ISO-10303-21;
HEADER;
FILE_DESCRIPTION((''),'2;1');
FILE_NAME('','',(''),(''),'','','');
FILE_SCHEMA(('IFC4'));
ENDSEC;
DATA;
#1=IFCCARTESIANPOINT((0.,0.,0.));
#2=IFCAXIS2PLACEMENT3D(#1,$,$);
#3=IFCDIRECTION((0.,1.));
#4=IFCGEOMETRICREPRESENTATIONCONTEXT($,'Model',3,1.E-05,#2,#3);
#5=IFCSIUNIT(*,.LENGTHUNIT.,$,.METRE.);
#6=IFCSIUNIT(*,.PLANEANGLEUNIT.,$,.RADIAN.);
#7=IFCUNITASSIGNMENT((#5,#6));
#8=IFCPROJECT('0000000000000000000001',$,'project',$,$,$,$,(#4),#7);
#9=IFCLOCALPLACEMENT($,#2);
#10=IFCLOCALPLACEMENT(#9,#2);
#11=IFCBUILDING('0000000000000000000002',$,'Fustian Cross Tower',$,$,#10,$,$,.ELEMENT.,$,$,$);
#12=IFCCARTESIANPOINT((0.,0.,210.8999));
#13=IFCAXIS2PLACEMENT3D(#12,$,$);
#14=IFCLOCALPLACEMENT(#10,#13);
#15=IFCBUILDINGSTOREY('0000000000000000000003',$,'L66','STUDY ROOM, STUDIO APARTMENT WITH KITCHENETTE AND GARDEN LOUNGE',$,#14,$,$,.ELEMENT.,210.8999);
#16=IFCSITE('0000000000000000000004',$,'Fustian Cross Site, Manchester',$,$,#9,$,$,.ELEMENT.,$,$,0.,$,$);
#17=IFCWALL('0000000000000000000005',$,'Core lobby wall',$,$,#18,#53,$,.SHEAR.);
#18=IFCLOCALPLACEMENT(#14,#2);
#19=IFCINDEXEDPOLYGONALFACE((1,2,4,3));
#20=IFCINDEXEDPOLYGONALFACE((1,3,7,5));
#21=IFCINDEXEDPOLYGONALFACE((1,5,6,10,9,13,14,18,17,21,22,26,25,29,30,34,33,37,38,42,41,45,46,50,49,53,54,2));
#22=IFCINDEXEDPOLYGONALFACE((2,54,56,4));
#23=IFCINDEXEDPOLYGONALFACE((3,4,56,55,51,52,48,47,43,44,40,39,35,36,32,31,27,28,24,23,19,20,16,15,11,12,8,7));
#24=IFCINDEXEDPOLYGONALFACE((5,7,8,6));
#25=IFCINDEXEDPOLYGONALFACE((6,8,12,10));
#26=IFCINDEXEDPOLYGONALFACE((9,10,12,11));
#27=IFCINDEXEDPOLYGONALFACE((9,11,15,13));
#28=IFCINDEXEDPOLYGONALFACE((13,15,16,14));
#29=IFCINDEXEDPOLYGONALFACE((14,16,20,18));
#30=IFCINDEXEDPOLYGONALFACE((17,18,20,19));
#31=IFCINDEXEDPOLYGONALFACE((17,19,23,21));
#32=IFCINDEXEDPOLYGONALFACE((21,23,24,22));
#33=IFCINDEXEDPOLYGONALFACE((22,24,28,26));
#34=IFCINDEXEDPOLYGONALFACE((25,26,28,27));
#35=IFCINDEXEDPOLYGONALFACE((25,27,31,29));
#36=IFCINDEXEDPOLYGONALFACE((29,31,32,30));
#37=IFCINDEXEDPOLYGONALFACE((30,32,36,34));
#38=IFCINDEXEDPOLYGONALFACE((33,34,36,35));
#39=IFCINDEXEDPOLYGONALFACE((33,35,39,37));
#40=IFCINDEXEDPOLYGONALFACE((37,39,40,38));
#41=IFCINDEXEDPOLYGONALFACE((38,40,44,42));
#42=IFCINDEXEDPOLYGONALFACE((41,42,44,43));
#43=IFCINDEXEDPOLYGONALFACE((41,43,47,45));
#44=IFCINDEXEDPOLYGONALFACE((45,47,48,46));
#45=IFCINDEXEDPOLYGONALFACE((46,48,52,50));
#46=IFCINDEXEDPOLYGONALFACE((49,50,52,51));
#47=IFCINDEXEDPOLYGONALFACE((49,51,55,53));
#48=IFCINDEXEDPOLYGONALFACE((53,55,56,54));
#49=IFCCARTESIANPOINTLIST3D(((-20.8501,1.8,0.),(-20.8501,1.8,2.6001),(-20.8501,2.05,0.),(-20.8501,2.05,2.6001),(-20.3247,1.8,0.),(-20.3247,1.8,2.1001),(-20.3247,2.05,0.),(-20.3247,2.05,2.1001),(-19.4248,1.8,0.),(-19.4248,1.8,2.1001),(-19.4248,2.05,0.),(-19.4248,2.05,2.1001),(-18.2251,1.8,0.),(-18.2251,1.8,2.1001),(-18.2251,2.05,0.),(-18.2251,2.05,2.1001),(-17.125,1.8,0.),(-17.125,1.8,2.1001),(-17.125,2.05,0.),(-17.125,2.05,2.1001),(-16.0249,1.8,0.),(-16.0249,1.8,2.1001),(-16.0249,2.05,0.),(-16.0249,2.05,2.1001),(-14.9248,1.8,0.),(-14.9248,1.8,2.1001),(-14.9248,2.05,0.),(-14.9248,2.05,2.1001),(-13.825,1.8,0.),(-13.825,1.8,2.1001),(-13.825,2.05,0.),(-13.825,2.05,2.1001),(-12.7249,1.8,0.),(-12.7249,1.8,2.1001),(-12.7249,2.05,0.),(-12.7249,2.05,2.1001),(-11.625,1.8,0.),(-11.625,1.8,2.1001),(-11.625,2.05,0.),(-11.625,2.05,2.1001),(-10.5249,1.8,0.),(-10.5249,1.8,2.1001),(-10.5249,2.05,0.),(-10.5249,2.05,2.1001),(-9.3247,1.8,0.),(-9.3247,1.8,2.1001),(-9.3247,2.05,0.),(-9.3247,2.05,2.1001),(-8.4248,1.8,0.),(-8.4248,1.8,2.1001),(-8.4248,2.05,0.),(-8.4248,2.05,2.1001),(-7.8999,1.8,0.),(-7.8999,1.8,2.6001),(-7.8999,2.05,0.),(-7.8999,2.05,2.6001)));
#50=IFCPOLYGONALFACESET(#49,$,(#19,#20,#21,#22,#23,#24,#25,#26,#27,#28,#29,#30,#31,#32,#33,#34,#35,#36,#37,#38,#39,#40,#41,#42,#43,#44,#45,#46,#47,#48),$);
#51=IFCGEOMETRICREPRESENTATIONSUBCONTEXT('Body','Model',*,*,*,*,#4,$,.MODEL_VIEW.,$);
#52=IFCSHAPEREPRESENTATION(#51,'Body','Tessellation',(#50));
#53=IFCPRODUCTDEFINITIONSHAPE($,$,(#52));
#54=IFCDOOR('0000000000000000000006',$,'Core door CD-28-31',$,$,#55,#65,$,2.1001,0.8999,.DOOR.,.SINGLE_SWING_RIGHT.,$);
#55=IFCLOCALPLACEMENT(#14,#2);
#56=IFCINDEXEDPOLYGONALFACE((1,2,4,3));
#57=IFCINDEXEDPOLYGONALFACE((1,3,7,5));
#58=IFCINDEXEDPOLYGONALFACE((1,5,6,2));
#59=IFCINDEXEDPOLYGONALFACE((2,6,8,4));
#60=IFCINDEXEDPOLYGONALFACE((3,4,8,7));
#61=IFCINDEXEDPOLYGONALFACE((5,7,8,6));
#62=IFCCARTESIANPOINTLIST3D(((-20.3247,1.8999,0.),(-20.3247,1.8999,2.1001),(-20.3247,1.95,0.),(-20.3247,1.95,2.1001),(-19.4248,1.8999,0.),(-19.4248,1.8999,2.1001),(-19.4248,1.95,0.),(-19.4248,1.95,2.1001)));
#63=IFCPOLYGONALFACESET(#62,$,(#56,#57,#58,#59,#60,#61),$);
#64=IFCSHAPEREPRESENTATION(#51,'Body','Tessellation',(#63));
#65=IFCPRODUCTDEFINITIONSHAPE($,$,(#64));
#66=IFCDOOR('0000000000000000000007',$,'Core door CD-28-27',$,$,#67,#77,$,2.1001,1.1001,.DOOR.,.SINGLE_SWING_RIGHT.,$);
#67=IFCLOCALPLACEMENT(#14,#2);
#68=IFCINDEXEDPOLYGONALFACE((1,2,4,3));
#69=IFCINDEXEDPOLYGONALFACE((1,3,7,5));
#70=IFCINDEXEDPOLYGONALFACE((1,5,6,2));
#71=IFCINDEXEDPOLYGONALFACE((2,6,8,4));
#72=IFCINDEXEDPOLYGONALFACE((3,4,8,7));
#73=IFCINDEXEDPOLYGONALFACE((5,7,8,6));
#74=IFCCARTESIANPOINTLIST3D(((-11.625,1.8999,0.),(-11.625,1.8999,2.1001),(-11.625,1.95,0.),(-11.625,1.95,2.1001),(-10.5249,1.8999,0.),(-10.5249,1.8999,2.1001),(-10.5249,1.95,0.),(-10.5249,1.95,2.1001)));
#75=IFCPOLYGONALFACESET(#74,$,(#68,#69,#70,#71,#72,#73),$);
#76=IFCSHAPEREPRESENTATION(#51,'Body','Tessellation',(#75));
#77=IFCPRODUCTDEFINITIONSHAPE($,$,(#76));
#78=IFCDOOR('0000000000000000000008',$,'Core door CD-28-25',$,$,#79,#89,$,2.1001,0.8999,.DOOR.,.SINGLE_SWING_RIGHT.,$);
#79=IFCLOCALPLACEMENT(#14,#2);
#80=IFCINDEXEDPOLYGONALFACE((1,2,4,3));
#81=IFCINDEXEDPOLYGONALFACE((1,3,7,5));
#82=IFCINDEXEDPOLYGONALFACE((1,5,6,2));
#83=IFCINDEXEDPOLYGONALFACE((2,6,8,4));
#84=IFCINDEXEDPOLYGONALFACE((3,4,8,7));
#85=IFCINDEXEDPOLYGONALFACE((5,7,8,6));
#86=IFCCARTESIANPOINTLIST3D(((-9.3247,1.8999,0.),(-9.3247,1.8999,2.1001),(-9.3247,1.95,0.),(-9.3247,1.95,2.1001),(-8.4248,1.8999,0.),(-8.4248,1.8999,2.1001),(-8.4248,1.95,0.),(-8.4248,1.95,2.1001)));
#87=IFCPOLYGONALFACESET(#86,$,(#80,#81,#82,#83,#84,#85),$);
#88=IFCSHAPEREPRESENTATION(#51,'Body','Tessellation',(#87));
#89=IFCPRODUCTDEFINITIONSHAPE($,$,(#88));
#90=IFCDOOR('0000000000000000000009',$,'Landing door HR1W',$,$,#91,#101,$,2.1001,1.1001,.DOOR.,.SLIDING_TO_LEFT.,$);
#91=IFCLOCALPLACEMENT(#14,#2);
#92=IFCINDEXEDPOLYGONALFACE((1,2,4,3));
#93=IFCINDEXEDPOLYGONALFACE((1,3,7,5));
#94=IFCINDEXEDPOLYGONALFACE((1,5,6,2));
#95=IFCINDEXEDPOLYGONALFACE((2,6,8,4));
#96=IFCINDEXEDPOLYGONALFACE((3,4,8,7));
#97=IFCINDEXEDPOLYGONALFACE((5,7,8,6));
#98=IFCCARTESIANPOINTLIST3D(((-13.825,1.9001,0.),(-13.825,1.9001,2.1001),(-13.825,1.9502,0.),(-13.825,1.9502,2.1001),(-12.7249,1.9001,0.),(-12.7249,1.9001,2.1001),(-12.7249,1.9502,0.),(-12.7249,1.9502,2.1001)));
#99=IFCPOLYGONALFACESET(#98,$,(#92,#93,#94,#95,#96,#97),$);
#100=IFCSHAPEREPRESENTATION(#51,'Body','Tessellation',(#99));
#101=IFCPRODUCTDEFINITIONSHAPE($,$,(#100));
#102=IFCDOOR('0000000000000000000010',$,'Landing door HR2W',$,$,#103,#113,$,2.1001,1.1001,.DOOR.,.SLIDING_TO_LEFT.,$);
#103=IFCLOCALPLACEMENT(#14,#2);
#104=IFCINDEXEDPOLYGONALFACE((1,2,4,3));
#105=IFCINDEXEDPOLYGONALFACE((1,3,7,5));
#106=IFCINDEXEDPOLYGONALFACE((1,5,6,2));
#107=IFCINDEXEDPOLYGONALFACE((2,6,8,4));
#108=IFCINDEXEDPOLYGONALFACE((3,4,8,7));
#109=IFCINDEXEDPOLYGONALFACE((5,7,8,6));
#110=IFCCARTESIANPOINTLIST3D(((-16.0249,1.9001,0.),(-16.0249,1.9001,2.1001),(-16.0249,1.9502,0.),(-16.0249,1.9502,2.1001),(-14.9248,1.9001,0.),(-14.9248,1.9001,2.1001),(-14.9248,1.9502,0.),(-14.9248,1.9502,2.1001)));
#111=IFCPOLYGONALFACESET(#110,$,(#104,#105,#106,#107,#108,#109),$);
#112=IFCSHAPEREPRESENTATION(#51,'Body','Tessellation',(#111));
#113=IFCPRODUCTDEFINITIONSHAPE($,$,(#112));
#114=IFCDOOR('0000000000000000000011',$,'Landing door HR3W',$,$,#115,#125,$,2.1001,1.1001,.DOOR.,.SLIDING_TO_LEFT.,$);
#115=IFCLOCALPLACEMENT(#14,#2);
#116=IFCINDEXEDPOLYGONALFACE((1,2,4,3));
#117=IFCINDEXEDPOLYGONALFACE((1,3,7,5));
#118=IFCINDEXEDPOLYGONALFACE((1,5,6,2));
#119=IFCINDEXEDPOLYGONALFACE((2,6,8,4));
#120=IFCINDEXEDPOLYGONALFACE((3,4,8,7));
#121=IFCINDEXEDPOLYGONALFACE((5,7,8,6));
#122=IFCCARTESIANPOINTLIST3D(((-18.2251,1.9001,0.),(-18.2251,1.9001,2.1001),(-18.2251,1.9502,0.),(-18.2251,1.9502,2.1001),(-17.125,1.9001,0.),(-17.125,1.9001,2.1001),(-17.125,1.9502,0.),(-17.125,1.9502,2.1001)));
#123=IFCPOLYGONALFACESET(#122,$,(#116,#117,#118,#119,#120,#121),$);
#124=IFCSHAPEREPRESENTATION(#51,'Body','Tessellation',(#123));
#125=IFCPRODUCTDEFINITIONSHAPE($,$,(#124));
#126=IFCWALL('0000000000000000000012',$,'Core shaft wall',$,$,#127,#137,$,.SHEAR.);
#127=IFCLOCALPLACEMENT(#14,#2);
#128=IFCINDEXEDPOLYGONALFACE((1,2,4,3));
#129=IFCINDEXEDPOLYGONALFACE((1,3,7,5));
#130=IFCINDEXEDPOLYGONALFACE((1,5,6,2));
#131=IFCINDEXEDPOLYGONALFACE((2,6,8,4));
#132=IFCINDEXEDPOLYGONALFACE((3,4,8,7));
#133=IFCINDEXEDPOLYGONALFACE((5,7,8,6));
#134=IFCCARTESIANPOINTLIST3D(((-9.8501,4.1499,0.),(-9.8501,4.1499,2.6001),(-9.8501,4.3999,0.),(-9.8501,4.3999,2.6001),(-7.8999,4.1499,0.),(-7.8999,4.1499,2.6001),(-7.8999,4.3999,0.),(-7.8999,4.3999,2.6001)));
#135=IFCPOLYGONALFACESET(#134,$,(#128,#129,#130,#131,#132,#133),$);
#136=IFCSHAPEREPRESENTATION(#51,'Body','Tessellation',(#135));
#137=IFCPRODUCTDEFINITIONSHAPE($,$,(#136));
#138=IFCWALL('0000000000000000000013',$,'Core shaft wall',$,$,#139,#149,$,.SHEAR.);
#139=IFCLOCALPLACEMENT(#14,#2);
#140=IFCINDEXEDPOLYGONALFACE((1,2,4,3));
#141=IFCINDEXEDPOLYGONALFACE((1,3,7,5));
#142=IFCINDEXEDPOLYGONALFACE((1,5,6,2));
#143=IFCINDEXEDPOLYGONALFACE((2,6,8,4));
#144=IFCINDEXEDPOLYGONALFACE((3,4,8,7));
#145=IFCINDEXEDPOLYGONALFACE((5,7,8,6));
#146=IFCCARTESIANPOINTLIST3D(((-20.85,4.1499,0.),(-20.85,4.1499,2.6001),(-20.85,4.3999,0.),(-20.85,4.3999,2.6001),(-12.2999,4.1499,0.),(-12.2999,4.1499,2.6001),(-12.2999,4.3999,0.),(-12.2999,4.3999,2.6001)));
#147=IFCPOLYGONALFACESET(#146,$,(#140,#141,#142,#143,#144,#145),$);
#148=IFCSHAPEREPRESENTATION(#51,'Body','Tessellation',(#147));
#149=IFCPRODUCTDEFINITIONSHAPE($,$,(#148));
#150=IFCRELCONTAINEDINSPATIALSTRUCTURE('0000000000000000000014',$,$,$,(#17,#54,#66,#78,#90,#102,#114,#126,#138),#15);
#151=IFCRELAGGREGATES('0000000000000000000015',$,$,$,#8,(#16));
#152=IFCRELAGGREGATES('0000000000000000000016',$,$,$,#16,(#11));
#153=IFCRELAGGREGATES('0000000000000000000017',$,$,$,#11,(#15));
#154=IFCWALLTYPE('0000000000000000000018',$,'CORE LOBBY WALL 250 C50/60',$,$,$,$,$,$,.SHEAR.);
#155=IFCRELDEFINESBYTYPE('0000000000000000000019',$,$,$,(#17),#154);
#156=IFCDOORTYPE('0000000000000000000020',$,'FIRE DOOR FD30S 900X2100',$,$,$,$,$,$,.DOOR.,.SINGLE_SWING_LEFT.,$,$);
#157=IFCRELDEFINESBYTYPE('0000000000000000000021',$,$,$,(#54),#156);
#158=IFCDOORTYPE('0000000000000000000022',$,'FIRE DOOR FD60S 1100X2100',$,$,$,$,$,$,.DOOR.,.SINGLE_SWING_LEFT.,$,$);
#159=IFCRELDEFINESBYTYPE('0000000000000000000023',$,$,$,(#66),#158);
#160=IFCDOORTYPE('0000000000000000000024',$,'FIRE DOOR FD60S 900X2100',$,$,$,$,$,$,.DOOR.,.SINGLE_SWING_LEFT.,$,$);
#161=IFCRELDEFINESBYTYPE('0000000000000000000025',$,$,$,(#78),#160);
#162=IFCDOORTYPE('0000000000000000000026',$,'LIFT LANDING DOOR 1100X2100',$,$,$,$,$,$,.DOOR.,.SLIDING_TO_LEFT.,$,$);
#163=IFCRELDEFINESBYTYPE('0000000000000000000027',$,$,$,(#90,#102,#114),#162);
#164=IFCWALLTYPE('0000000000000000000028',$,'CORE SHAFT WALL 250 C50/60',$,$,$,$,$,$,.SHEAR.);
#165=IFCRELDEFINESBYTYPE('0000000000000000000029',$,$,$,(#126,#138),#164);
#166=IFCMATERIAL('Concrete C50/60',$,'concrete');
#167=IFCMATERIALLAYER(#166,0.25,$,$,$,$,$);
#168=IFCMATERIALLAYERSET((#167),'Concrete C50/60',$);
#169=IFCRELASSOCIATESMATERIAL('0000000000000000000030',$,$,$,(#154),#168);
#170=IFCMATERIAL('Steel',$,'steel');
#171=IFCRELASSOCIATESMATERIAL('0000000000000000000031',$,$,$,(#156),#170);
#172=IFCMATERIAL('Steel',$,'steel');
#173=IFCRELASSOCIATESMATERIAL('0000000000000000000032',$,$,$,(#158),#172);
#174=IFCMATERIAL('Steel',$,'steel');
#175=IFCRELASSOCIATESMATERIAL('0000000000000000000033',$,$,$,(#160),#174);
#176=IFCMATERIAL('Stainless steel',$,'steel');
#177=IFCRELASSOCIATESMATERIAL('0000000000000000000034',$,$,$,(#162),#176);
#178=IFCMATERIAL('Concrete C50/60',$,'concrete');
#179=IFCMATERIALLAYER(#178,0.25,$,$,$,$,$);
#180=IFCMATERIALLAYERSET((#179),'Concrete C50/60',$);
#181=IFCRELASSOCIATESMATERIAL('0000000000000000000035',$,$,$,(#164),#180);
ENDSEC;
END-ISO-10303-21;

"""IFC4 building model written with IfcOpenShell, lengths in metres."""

from ifc_helpers import new_model, si_unit, direction, frame, frame_2d, origin, place, context, subcontext, project, spatial, rectangle, extrude, material, layer, layer_set, type_object, element, fill, save


model = new_model("IFC4")

# Units and contexts
model_context = context("Model", 3, precision=1e-05, world=origin(), true_north=direction((0.0, 1.0)))
body_context = subcontext(model_context, "Body", "Model", "MODEL_VIEW")
ifc_project = project(units=[si_unit("LENGTHUNIT", "METRE"), si_unit("PLANEANGLEUNIT", "RADIAN")], contexts=[model_context])

# Site, building, storey
site_placement = place(None, origin())
site = spatial("IfcSite", under=ifc_project, at=site_placement, Name="Fustian Cross Site, Manchester", CompositionType="ELEMENT", RefElevation=0.0)
building_placement = place(site_placement, origin())
building = spatial("IfcBuilding", under=site, at=building_placement, Name="Fustian Cross Tower", CompositionType="ELEMENT")
storey_placement = place(building_placement, frame((0.0, 0.0, 210.8999)))
storey = spatial("IfcBuildingStorey", under=building, at=storey_placement, Name="L66", Description="STUDY ROOM, STUDIO APARTMENT WITH KITCHENETTE AND GARDEN LOUNGE", CompositionType="ELEMENT", Elevation=210.8999)

# Wall, openings, doors
ifc_material_1 = material(Name="Concrete C50/60", Category="concrete")
ifc_layer_1 = layer(ifc_material_1, 0.25)
ifc_layer_set_1 = layer_set([ifc_layer_1], Name="Concrete C50/60")
wall_type_1 = type_object("IfcWallType", Name="CORE LOBBY WALL 250 C50/60", PredefinedType="SHEAR", material=ifc_layer_set_1)
wall_1_placement = place(storey_placement, frame((-7.8999, 1.925, 0.0), z_axis=(0.0, 0.0, 1.0), x_axis=(-1.0, 0.0, 0.0)))
wall_1 = element("IfcWall", 1, at=wall_1_placement, inside=storey, type_object=wall_type_1, Name="Core lobby wall", PredefinedType="SHEAR", context=body_context, shape_type="SweptSolid", body=[
    extrude(rectangle(XDim=12.9502, YDim=0.25, at=frame_2d((6.4751, 0.0))), origin(), (0.0, 0.0, 1.0), 2.6001),
])
opening_1_placement = place(wall_1_placement, frame((4.825, 0.0, 0.0)))
opening_1 = element("IfcOpeningElement", 2, at=opening_1_placement, cuts=wall_1, PredefinedType="OPENING", context=body_context, shape_type="SweptSolid", body=[
    extrude(rectangle(XDim=1.1001, YDim=2.1001, at=frame_2d((0.55, 1.05))), frame((0.0, 0.135, 0.0), z_axis=(0.0, -1.0, 0.0), x_axis=(1.0, 0.0, 0.0)), (0.0, 0.0, 1.0), 0.27),
])
opening_2_placement = place(wall_1_placement, frame((7.0249, 0.0, 0.0)))
opening_2 = element("IfcOpeningElement", 3, at=opening_2_placement, cuts=wall_1, PredefinedType="OPENING", context=body_context, shape_type="SweptSolid", body=[
    extrude(rectangle(XDim=1.1001, YDim=2.1001, at=frame_2d((0.55, 1.05))), frame((0.0, 0.135, 0.0), z_axis=(0.0, -1.0, 0.0), x_axis=(1.0, 0.0, 0.0)), (0.0, 0.0, 1.0), 0.27),
])
opening_3_placement = place(wall_1_placement, frame((9.2251, 0.0, 0.0)))
opening_3 = element("IfcOpeningElement", 4, at=opening_3_placement, cuts=wall_1, PredefinedType="OPENING", context=body_context, shape_type="SweptSolid", body=[
    extrude(rectangle(XDim=1.1001, YDim=2.1001, at=frame_2d((0.55, 1.05))), frame((0.0, 0.135, 0.0), z_axis=(0.0, -1.0, 0.0), x_axis=(1.0, 0.0, 0.0)), (0.0, 0.0, 1.0), 0.27),
])
opening_4_placement = place(wall_1_placement, frame((0.5249, 0.0, 0.0)))
opening_4 = element("IfcOpeningElement", 5, at=opening_4_placement, cuts=wall_1, PredefinedType="OPENING", context=body_context, shape_type="SweptSolid", body=[
    extrude(rectangle(XDim=0.8999, YDim=2.1001, at=frame_2d((0.45, 1.05))), frame((0.0, 0.135, 0.0), z_axis=(0.0, -1.0, 0.0), x_axis=(1.0, 0.0, 0.0)), (0.0, 0.0, 1.0), 0.27),
])
opening_5_placement = place(wall_1_placement, frame((2.625, 0.0, 0.0)))
opening_5 = element("IfcOpeningElement", 6, at=opening_5_placement, cuts=wall_1, PredefinedType="OPENING", context=body_context, shape_type="SweptSolid", body=[
    extrude(rectangle(XDim=1.1001, YDim=2.1001, at=frame_2d((0.55, 1.05))), frame((0.0, 0.135, 0.0), z_axis=(0.0, -1.0, 0.0), x_axis=(1.0, 0.0, 0.0)), (0.0, 0.0, 1.0), 0.27),
])
opening_6_placement = place(wall_1_placement, frame((11.5249, 0.0, 0.0)))
opening_6 = element("IfcOpeningElement", 7, at=opening_6_placement, cuts=wall_1, PredefinedType="OPENING", context=body_context, shape_type="SweptSolid", body=[
    extrude(rectangle(XDim=0.8999, YDim=2.1001, at=frame_2d((0.45, 1.05))), frame((0.0, 0.135, 0.0), z_axis=(0.0, -1.0, 0.0), x_axis=(1.0, 0.0, 0.0)), (0.0, 0.0, 1.0), 0.27),
])
ifc_material_2 = material(Name="Steel", Category="steel")
door_type_1 = type_object("IfcDoorType", Name="FIRE DOOR FD30S 900X2100", OperationType="SINGLE_SWING_LEFT", PredefinedType="DOOR", material=ifc_material_2)
door_1_placement = place(opening_6_placement, frame((0.8999, 0.0, 0.0), z_axis=(0.0, 0.0, 1.0), x_axis=(-1.0, 0.0, 0.0)))
door_1 = element("IfcDoor", 8, at=door_1_placement, inside=storey, type_object=door_type_1, Name="Core door CD-28-31", OperationType="SINGLE_SWING_RIGHT", OverallHeight=2.1001, OverallWidth=0.8999, PredefinedType="DOOR", context=body_context, shape_type="SweptSolid", body=[
    extrude(rectangle(XDim=0.8999, YDim=2.1001, at=frame_2d((0.45, 1.05))), frame((0.0, 0.0249, 0.0), z_axis=(0.0, -1.0, 0.0), x_axis=(1.0, 0.0, 0.0)), (0.0, 0.0, 1.0), 0.05),
])
fill(opening_6, door_1)
ifc_material_3 = material(Name="Steel", Category="steel")
door_type_2 = type_object("IfcDoorType", Name="FIRE DOOR FD60S 1100X2100", OperationType="SINGLE_SWING_LEFT", PredefinedType="DOOR", material=ifc_material_3)
door_2_placement = place(opening_5_placement, frame((1.1001, 0.0, 0.0), z_axis=(0.0, 0.0, 1.0), x_axis=(-1.0, 0.0, 0.0)))
door_2 = element("IfcDoor", 9, at=door_2_placement, inside=storey, type_object=door_type_2, Name="Core door CD-28-27", OperationType="SINGLE_SWING_RIGHT", OverallHeight=2.1001, OverallWidth=1.1001, PredefinedType="DOOR", context=body_context, shape_type="SweptSolid", body=[
    extrude(rectangle(XDim=1.1001, YDim=2.1001, at=frame_2d((0.55, 1.05))), frame((0.0, 0.0249, 0.0), z_axis=(0.0, -1.0, 0.0), x_axis=(1.0, 0.0, 0.0)), (0.0, 0.0, 1.0), 0.05),
])
fill(opening_5, door_2)
ifc_material_4 = material(Name="Steel", Category="steel")
door_type_3 = type_object("IfcDoorType", Name="FIRE DOOR FD60S 900X2100", OperationType="SINGLE_SWING_LEFT", PredefinedType="DOOR", material=ifc_material_4)
door_3_placement = place(opening_4_placement, frame((0.8999, 0.0, 0.0), z_axis=(0.0, 0.0, 1.0), x_axis=(-1.0, 0.0, 0.0)))
door_3 = element("IfcDoor", 10, at=door_3_placement, inside=storey, type_object=door_type_3, Name="Core door CD-28-25", OperationType="SINGLE_SWING_RIGHT", OverallHeight=2.1001, OverallWidth=0.8999, PredefinedType="DOOR", context=body_context, shape_type="SweptSolid", body=[
    extrude(rectangle(XDim=0.8999, YDim=2.1001, at=frame_2d((0.45, 1.05))), frame((0.0, 0.0249, 0.0), z_axis=(0.0, -1.0, 0.0), x_axis=(1.0, 0.0, 0.0)), (0.0, 0.0, 1.0), 0.05),
])
fill(opening_4, door_3)
ifc_material_5 = material(Name="Stainless steel", Category="steel")
door_type_4 = type_object("IfcDoorType", Name="LIFT LANDING DOOR 1100X2100", OperationType="SLIDING_TO_LEFT", PredefinedType="DOOR", material=ifc_material_5)
door_4_placement = place(opening_1_placement, origin())
door_4 = element("IfcDoor", 11, at=door_4_placement, inside=storey, type_object=door_type_4, Name="Landing door HR1W", OperationType="SLIDING_TO_LEFT", OverallHeight=2.1001, OverallWidth=1.1001, PredefinedType="DOOR", context=body_context, shape_type="SweptSolid", body=[
    extrude(rectangle(XDim=1.1001, YDim=2.1001, at=frame_2d((0.55, 1.05))), frame((0.0, 0.0249, 0.0), z_axis=(0.0, -1.0, 0.0), x_axis=(1.0, 0.0, 0.0)), (0.0, 0.0, 1.0), 0.05),
])
fill(opening_1, door_4)
door_5_placement = place(opening_2_placement, origin())
door_5 = element("IfcDoor", 12, at=door_5_placement, inside=storey, type_object=door_type_4, Name="Landing door HR2W", OperationType="SLIDING_TO_LEFT", OverallHeight=2.1001, OverallWidth=1.1001, PredefinedType="DOOR", context=body_context, shape_type="SweptSolid", body=[
    extrude(rectangle(XDim=1.1001, YDim=2.1001, at=frame_2d((0.55, 1.05))), frame((0.0, 0.0249, 0.0), z_axis=(0.0, -1.0, 0.0), x_axis=(1.0, 0.0, 0.0)), (0.0, 0.0, 1.0), 0.05),
])
fill(opening_2, door_5)
door_6_placement = place(opening_3_placement, origin())
door_6 = element("IfcDoor", 13, at=door_6_placement, inside=storey, type_object=door_type_4, Name="Landing door HR3W", OperationType="SLIDING_TO_LEFT", OverallHeight=2.1001, OverallWidth=1.1001, PredefinedType="DOOR", context=body_context, shape_type="SweptSolid", body=[
    extrude(rectangle(XDim=1.1001, YDim=2.1001, at=frame_2d((0.55, 1.05))), frame((0.0, 0.0249, 0.0), z_axis=(0.0, -1.0, 0.0), x_axis=(1.0, 0.0, 0.0)), (0.0, 0.0, 1.0), 0.05),
])
fill(opening_3, door_6)

# Walls
ifc_material_6 = material(Name="Concrete C50/60", Category="concrete")
ifc_layer_2 = layer(ifc_material_6, 0.25)
ifc_layer_set_2 = layer_set([ifc_layer_2], Name="Concrete C50/60")
wall_type_2 = type_object("IfcWallType", Name="CORE SHAFT WALL 250 C50/60", PredefinedType="SHEAR", material=ifc_layer_set_2)
wall_2_placement = place(storey_placement, frame((-7.8999, 4.2749, 0.0), z_axis=(0.0, 0.0, 1.0), x_axis=(-1.0, 0.0, 0.0)))
element("IfcWall", 14, at=wall_2_placement, inside=storey, type_object=wall_type_2, Name="Core shaft wall", PredefinedType="SHEAR", context=body_context, shape_type="SweptSolid", body=[
    extrude(rectangle(XDim=1.9502, YDim=0.25, at=frame_2d((0.9751, 0.0))), origin(), (0.0, 0.0, 1.0), 2.6001),
])
wall_3_placement = place(storey_placement, frame((-12.3, 4.2749, 0.0), z_axis=(0.0, 0.0, 1.0), x_axis=(-1.0, 0.0, 0.0)))
element("IfcWall", 15, at=wall_3_placement, inside=storey, type_object=wall_type_2, Name="Core shaft wall", PredefinedType="SHEAR", context=body_context, shape_type="SweptSolid", body=[
    extrude(rectangle(XDim=8.55, YDim=0.25, at=frame_2d((4.2749, 0.0))), origin(), (0.0, 0.0, 1.0), 2.6001),
])

save(model, "model.ifc")
